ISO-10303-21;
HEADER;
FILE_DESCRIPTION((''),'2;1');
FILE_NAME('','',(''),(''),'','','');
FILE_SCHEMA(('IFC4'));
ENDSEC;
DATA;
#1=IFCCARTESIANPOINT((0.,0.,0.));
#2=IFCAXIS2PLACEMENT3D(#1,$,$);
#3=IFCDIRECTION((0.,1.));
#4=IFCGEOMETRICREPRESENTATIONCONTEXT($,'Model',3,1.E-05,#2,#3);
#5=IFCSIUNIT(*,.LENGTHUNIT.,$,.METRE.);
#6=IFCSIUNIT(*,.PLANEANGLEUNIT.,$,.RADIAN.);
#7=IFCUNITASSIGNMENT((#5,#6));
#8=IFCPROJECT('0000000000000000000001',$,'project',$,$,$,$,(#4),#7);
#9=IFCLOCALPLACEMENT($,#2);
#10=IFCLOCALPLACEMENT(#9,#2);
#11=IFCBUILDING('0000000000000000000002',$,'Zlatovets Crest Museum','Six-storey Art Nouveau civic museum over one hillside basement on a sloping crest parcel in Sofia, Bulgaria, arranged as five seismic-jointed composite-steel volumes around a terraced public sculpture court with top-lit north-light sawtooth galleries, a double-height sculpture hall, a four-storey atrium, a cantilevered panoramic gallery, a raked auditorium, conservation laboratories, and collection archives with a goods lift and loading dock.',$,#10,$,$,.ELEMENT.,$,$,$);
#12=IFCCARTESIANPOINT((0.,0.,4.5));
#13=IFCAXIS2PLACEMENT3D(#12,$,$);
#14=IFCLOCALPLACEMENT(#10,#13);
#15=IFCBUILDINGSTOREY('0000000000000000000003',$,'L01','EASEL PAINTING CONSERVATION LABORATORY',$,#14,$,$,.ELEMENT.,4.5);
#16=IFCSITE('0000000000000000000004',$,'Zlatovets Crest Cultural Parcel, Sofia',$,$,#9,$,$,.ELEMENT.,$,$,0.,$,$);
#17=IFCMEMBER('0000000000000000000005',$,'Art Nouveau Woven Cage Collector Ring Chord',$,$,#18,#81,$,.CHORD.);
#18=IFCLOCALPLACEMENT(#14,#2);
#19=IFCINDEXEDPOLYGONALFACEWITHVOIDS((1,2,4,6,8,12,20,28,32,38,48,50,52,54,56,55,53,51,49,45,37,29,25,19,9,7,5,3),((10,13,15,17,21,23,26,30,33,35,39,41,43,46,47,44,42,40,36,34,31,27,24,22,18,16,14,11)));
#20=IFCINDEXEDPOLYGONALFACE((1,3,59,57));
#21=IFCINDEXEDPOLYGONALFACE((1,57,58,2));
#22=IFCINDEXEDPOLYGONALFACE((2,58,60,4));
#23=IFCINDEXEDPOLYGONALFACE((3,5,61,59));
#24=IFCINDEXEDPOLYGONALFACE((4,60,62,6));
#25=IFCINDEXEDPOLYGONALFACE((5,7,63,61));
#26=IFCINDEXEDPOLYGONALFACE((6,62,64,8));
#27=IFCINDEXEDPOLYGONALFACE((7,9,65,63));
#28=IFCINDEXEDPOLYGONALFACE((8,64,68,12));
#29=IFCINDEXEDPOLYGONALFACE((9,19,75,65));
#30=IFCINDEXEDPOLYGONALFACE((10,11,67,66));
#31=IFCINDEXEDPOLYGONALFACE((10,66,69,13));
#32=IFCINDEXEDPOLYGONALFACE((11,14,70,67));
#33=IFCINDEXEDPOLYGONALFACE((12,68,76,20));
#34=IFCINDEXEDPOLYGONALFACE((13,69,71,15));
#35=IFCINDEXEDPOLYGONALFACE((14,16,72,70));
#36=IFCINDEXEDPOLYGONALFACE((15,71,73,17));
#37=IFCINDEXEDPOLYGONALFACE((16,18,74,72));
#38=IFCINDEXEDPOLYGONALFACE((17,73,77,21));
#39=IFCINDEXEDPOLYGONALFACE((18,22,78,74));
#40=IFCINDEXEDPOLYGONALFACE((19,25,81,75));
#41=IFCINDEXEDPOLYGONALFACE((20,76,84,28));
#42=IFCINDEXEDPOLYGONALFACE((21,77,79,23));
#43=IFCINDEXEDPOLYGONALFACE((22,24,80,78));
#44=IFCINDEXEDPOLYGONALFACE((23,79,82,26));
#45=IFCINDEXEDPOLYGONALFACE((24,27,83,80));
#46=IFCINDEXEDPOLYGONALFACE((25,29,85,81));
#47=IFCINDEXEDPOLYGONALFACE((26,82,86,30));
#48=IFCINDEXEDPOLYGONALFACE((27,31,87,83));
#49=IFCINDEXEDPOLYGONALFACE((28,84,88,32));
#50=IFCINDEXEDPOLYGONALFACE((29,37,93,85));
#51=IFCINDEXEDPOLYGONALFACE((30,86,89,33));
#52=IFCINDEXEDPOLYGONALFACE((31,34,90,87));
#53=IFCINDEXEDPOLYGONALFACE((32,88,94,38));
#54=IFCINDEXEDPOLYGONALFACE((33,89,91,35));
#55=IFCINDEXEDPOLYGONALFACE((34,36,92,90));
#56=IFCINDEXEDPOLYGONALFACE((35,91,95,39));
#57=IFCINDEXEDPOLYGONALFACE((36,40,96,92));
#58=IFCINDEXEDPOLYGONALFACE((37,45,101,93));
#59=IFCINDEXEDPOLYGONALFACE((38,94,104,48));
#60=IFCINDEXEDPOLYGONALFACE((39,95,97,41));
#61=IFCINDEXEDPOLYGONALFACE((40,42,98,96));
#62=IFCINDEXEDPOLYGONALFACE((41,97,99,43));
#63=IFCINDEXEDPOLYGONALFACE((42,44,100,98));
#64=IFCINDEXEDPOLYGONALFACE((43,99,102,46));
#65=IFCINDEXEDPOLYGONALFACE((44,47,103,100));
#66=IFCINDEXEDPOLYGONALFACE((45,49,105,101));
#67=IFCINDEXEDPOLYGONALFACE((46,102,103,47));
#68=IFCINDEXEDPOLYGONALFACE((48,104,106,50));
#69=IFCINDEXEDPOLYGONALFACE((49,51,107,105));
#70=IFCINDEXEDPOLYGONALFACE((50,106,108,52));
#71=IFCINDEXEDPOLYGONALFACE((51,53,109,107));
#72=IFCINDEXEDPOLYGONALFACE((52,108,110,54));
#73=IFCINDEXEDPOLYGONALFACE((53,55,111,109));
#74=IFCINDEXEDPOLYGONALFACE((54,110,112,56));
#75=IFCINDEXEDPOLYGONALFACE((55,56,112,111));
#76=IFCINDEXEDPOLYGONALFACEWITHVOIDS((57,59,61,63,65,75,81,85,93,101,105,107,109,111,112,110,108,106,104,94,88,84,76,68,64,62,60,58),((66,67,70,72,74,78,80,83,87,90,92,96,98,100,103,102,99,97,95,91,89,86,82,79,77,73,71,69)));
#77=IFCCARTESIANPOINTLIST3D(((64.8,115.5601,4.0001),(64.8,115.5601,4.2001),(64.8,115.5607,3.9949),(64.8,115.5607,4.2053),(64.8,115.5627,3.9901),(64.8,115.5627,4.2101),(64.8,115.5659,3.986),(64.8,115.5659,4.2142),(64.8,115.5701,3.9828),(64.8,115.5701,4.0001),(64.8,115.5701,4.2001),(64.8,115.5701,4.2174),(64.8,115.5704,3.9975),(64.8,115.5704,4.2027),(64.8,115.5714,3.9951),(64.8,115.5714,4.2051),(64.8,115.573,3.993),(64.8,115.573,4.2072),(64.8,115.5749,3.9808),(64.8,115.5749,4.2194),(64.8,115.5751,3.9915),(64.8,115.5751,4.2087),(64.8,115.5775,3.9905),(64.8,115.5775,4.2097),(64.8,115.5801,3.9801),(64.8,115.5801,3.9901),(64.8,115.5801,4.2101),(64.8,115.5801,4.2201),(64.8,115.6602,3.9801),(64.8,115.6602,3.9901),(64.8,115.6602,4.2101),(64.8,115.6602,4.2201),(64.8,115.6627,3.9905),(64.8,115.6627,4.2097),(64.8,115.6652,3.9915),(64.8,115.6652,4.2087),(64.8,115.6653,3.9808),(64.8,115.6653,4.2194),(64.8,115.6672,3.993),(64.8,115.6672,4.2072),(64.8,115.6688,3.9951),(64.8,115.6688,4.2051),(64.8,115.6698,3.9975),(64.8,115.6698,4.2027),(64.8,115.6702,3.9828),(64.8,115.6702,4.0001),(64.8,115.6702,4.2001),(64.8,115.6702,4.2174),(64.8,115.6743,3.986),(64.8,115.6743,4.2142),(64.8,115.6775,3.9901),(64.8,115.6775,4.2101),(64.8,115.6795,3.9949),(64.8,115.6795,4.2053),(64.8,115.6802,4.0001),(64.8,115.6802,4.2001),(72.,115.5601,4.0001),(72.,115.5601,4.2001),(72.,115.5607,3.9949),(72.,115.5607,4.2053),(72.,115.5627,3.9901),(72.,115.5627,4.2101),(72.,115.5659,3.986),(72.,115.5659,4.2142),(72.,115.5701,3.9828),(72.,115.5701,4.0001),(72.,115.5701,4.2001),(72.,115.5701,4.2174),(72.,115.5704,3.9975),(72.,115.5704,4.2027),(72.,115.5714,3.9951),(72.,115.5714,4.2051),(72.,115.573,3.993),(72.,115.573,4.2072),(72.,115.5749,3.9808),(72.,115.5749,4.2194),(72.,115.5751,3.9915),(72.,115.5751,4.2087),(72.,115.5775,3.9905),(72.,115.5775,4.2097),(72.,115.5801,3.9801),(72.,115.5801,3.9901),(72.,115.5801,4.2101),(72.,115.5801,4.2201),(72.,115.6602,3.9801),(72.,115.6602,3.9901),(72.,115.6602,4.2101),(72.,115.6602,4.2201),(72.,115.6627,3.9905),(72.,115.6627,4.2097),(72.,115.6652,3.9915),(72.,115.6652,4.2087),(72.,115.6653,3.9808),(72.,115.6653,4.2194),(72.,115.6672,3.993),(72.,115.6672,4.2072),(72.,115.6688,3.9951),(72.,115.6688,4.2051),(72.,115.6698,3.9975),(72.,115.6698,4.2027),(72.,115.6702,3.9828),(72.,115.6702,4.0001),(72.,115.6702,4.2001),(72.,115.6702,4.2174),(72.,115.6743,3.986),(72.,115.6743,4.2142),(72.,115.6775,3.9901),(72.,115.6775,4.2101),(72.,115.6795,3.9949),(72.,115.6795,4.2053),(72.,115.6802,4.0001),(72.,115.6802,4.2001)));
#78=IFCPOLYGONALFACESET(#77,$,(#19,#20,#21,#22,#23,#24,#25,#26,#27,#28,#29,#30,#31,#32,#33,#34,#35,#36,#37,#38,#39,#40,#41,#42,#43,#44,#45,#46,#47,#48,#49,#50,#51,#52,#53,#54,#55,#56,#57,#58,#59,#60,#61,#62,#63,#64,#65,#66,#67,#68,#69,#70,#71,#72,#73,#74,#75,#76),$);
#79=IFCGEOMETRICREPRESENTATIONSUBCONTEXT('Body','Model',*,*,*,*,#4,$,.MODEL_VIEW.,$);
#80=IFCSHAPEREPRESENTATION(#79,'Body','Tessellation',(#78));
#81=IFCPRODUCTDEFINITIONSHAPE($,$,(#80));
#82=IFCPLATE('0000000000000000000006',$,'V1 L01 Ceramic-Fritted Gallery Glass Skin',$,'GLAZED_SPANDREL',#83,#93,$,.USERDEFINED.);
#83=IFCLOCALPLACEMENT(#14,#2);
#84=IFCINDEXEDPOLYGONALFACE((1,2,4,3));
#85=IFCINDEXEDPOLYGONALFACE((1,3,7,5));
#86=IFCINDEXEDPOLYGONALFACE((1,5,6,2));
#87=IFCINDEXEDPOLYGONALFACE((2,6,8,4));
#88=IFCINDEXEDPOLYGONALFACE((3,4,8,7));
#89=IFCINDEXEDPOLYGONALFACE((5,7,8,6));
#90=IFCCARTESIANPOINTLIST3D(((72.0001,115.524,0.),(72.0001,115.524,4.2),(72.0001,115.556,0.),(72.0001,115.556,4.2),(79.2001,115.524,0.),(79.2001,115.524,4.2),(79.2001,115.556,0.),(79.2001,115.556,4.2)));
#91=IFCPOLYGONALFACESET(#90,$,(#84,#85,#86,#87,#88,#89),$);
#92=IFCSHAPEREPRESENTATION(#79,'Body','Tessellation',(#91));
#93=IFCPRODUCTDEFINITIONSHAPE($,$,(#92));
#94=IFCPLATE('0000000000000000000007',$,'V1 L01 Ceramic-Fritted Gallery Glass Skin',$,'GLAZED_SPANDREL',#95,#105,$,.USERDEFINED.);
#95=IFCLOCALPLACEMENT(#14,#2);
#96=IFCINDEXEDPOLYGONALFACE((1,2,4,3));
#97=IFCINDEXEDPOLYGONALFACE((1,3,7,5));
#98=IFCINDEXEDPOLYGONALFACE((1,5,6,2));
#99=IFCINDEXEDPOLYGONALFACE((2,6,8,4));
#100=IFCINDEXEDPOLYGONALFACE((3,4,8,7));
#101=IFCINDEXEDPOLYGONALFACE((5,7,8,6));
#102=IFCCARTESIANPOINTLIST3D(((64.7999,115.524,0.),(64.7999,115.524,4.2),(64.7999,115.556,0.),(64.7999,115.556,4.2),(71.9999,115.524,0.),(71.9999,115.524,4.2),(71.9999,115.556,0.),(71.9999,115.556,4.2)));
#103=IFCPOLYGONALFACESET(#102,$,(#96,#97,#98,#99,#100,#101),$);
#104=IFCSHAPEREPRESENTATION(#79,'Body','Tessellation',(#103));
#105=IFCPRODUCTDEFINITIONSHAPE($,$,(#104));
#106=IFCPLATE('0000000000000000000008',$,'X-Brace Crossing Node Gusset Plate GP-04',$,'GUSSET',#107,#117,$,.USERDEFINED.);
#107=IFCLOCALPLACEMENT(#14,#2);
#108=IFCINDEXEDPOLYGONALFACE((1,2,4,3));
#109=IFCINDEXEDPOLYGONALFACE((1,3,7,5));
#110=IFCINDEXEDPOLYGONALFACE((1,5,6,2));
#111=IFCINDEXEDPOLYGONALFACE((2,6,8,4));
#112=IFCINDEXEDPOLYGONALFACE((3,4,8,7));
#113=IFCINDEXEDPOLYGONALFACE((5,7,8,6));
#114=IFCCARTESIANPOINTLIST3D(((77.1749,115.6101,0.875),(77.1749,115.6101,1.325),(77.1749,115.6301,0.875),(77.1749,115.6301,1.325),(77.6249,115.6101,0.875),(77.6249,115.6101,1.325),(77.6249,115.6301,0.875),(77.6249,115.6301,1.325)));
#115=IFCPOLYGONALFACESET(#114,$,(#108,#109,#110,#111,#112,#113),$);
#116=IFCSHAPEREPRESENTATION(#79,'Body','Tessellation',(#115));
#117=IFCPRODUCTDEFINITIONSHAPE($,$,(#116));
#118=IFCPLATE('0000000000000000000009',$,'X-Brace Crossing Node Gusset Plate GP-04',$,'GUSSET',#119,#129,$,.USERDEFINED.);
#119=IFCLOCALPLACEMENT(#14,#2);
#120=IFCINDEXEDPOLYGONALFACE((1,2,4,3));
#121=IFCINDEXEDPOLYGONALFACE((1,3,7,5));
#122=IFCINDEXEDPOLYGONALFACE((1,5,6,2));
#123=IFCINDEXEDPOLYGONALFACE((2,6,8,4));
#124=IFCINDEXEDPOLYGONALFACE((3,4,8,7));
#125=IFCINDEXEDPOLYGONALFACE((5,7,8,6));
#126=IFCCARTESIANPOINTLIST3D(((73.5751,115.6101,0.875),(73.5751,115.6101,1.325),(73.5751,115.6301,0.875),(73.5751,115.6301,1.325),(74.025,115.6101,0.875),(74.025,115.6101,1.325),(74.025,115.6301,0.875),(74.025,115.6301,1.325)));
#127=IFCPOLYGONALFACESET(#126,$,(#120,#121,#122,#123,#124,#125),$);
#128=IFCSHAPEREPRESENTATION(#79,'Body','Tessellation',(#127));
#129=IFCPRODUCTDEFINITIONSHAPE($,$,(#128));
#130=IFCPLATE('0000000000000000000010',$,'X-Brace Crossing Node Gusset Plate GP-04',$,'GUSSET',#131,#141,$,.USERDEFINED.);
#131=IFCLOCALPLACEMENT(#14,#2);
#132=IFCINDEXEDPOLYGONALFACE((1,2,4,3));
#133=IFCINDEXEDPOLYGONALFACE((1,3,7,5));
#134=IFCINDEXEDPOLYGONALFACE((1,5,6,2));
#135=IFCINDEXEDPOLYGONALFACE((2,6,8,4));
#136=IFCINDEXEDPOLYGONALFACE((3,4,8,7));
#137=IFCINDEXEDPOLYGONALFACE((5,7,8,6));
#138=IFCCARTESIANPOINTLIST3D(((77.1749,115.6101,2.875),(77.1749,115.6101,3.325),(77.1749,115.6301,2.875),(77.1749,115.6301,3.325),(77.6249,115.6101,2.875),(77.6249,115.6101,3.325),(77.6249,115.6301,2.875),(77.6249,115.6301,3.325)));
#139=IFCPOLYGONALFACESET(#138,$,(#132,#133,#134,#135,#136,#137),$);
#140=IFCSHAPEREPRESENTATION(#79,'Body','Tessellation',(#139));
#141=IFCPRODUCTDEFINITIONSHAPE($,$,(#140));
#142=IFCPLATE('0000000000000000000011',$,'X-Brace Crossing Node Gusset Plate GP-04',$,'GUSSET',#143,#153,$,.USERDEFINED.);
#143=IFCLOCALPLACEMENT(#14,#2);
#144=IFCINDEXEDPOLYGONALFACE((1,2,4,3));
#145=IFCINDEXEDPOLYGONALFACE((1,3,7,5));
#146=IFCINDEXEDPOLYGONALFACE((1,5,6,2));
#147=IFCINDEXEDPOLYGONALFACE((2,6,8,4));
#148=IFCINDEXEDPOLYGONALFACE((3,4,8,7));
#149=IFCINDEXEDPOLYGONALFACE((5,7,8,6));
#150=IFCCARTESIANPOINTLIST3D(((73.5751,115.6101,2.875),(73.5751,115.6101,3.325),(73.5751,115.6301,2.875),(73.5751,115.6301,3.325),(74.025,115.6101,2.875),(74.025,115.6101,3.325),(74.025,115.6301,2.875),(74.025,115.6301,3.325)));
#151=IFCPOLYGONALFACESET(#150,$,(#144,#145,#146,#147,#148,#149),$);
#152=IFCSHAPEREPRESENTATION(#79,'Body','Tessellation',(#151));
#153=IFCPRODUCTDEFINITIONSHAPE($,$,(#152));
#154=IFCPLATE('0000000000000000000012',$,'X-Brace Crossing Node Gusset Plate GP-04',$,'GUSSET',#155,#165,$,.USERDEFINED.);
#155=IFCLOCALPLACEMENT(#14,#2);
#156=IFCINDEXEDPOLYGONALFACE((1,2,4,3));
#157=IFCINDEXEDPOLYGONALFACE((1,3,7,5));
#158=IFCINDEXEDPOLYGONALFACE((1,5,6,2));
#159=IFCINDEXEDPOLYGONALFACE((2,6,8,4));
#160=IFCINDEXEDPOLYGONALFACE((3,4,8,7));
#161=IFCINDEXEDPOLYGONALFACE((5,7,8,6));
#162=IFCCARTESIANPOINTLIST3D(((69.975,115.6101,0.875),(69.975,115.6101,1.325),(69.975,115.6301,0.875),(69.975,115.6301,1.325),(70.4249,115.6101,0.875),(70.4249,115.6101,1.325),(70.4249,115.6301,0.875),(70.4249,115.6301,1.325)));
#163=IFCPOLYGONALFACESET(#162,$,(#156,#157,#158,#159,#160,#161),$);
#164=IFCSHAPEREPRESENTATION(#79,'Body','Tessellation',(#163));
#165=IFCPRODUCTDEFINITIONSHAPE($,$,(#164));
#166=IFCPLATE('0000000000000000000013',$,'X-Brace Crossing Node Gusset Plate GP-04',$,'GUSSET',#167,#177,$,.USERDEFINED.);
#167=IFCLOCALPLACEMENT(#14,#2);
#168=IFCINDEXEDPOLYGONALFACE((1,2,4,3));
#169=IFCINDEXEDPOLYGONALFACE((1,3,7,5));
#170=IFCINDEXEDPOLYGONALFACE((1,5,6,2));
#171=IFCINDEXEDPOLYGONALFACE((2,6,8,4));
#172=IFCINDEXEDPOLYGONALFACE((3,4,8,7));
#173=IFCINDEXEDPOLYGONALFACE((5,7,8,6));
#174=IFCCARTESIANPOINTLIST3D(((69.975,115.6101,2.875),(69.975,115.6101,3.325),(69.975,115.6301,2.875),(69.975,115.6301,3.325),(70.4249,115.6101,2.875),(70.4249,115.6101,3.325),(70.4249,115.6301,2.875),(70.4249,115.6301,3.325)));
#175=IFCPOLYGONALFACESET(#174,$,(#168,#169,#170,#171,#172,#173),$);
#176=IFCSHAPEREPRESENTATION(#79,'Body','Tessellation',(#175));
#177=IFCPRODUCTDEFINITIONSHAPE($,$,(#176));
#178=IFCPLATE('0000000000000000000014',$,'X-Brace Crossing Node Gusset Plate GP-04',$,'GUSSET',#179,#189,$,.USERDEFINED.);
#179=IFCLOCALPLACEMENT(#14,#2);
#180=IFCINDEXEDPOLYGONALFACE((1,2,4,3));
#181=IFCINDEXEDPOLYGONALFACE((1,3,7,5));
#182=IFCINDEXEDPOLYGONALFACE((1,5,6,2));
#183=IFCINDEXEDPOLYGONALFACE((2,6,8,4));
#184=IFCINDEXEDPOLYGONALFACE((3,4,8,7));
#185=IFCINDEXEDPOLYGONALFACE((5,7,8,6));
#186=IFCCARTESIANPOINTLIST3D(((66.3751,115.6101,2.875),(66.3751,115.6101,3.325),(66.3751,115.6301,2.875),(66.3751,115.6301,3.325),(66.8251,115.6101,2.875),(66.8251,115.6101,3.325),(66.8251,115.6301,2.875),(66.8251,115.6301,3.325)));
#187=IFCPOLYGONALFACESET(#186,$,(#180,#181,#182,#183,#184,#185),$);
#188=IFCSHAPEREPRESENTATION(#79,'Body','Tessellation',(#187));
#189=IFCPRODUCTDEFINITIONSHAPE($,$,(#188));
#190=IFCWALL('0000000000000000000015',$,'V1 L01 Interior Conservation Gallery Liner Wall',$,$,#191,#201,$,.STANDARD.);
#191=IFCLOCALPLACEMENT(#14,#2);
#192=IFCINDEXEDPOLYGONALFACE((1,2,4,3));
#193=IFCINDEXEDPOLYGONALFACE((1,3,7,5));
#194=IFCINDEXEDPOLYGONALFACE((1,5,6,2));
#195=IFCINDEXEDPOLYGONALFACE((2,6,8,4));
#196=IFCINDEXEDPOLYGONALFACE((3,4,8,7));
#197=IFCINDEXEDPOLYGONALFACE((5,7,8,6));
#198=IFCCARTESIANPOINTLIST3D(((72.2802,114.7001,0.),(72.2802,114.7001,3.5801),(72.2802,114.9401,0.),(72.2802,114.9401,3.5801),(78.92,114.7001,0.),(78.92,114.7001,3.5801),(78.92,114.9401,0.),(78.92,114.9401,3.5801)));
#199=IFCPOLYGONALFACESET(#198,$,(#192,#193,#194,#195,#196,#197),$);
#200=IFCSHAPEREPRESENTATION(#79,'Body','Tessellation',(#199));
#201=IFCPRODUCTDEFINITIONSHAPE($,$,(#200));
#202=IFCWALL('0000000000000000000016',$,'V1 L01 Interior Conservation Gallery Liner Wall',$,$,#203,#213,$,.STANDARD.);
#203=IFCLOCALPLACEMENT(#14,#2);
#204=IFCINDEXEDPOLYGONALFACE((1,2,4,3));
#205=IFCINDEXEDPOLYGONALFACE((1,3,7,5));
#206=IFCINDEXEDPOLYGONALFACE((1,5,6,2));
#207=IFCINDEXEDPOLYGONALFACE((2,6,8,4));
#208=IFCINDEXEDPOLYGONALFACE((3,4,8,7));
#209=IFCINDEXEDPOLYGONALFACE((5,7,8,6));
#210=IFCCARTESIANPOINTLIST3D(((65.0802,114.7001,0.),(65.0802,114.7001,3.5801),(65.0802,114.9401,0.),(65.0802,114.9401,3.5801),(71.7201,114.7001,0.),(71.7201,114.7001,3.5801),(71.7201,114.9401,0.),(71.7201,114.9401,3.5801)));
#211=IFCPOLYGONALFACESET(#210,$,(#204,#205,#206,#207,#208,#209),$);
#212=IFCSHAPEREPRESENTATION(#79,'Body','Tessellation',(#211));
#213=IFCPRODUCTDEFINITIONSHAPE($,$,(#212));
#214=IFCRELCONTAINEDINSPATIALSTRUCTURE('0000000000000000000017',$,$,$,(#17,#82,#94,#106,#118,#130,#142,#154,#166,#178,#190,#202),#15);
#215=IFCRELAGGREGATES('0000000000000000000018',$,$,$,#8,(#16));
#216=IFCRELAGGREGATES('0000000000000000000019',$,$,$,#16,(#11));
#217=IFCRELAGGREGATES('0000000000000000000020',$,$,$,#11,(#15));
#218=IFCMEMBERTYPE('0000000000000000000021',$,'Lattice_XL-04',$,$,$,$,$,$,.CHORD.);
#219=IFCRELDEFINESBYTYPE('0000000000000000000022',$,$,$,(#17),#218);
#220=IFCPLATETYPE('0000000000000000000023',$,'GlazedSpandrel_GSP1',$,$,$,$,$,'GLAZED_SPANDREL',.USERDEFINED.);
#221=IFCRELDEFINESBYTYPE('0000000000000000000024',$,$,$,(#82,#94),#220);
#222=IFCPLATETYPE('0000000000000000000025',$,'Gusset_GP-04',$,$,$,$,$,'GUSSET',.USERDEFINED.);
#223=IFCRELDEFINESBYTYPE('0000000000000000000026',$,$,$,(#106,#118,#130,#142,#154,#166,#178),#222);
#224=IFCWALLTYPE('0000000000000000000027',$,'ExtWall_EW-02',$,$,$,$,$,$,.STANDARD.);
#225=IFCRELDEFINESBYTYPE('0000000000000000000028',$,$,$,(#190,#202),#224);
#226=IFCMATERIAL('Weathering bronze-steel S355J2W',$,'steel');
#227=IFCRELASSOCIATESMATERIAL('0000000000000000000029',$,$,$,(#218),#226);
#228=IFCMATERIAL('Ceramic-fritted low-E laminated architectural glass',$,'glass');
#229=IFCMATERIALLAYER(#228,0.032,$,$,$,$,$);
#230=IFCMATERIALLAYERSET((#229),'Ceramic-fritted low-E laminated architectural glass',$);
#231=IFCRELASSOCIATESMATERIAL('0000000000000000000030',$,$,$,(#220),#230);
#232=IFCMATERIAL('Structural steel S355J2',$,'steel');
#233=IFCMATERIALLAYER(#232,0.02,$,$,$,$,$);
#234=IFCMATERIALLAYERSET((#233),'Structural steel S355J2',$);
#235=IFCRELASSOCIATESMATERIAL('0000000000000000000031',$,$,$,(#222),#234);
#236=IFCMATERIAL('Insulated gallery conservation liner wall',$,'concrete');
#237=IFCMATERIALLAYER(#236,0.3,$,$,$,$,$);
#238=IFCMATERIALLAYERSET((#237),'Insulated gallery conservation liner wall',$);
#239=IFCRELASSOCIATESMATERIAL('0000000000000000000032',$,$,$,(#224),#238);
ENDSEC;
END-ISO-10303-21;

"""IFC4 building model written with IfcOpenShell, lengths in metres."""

from ifc_helpers import new_model, si_unit, direction, frame, frame_2d, origin, origin_2d, place, context, subcontext, project, spatial, rectangle, hollow_rectangle, extrude, material, layer, layer_set, material_profile, profile_set, type_object, element, save


model = new_model("IFC4")

# Units and contexts
model_context = context("Model", 3, precision=1e-05, world=origin(), true_north=direction((0.0, 1.0)))
body_context = subcontext(model_context, "Body", "Model", "MODEL_VIEW")
ifc_project = project(units=[si_unit("LENGTHUNIT", "METRE"), si_unit("PLANEANGLEUNIT", "RADIAN")], contexts=[model_context])

# Site, building, storey
site_placement = place(None, origin())
site = spatial("IfcSite", under=ifc_project, at=site_placement, Name="Zlatovets Crest Cultural Parcel, Sofia", CompositionType="ELEMENT", RefElevation=0.0)
building_placement = place(site_placement, origin())
building = spatial("IfcBuilding", under=site, at=building_placement, Name="Zlatovets Crest Museum", Description="Six-storey Art Nouveau civic museum over one hillside basement on a sloping crest parcel in Sofia, Bulgaria, arranged as five seismic-jointed composite-steel volumes around a terraced public sculpture court with top-lit north-light sawtooth galleries, a double-height sculpture hall, a four-storey atrium, a cantilevered panoramic gallery, a raked auditorium, conservation laboratories, and collection archives with a goods lift and loading dock.", CompositionType="ELEMENT")
storey_placement = place(building_placement, frame((0.0, 0.0, 4.5)))
storey = spatial("IfcBuildingStorey", under=building, at=storey_placement, Name="L01", Description="EASEL PAINTING CONSERVATION LABORATORY", CompositionType="ELEMENT", Elevation=4.5)

# Shared definitions
ifc_material_1 = material(Name="Structural steel S355J2", Category="steel")

# Member
ifc_material_2 = material(Name="Weathering bronze-steel S355J2W", Category="steel")
ifc_material_profile_1 = material_profile(ifc_material_2, hollow_rectangle(XDim=0.1201, YDim=0.24, WallThickness=0.01, InnerFilletRadius=0.01, OuterFilletRadius=0.02, at=origin_2d()), Name="RHS 120x240x10.0")
ifc_profile_set_1 = profile_set([ifc_material_profile_1], Name="Weathering bronze-steel S355J2W")
member_type_1 = type_object("IfcMemberType", Name="Lattice_XL-04", PredefinedType="CHORD", material=ifc_profile_set_1)
member_1_placement = place(storey_placement, frame((72.0, 115.6201, 4.1001), z_axis=(-1.0, 0.0, 0.0), x_axis=(0.0, -1.0, 0.0)))
element("IfcMember", 1, at=member_1_placement, inside=storey, type_object=member_type_1, Name="Art Nouveau Woven Cage Collector Ring Chord", PredefinedType="CHORD", context=body_context, shape_type="SweptSolid", body=[
    extrude(hollow_rectangle(XDim=0.1201, YDim=0.24, WallThickness=0.01, InnerFilletRadius=0.01, OuterFilletRadius=0.02, at=origin_2d()), origin(), (0.0, 0.0, 1.0), 7.2),
])

# Plates
ifc_material_3 = material(Name="Ceramic-fritted low-E laminated architectural glass", Category="glass")
ifc_layer_1 = layer(ifc_material_3, 0.032)
ifc_layer_set_1 = layer_set([ifc_layer_1], Name="Ceramic-fritted low-E laminated architectural glass")
plate_type_1 = type_object("IfcPlateType", Name="GlazedSpandrel_GSP1", ElementType="GLAZED_SPANDREL", PredefinedType="USERDEFINED", material=ifc_layer_set_1)
for number, where, z_axis, x_axis, name in (
    (2, (75.6001, 115.54, 0.0), (0.0, 0.0, 1.0), (1.0, 0.0, 0.0), "V1 L01 Ceramic-Fritted Gallery Glass Skin"),
    (3, (68.3999, 115.54, 0.0), (0.0, 0.0, 1.0), (1.0, 0.0, 0.0), "V1 L01 Ceramic-Fritted Gallery Glass Skin"),
):
    element("IfcPlate", number, at=place(storey_placement, frame(where, z_axis=z_axis, x_axis=x_axis)), inside=storey, type_object=plate_type_1, Name=name, ObjectType="GLAZED_SPANDREL", PredefinedType="USERDEFINED", context=body_context, shape_type="SweptSolid", body=[
        extrude(rectangle(XDim=7.2, YDim=0.032, at=origin_2d()), origin(), (0.0, 0.0, 1.0), 4.2),
    ])
ifc_layer_2 = layer(ifc_material_1, 0.02)
ifc_layer_set_2 = layer_set([ifc_layer_2], Name="Structural steel S355J2")
plate_type_2 = type_object("IfcPlateType", Name="Gusset_GP-04", ElementType="GUSSET", PredefinedType="USERDEFINED", material=ifc_layer_set_2)
for number, where, z_axis, x_axis, name in (
    (4, (77.3999, 115.6201, 0.875), (0.0, 0.0, 1.0), (1.0, 0.0, 0.0), "X-Brace Crossing Node Gusset Plate GP-04"),
    (5, (73.8, 115.6201, 0.875), (0.0, 0.0, 1.0), (1.0, 0.0, 0.0), "X-Brace Crossing Node Gusset Plate GP-04"),
    (6, (77.3999, 115.6201, 2.875), (0.0, 0.0, 1.0), (1.0, 0.0, 0.0), "X-Brace Crossing Node Gusset Plate GP-04"),
    (7, (73.8, 115.6201, 2.875), (0.0, 0.0, 1.0), (1.0, 0.0, 0.0), "X-Brace Crossing Node Gusset Plate GP-04"),
    (8, (70.2, 115.6201, 0.875), (0.0, 0.0, 1.0), (1.0, 0.0, 0.0), "X-Brace Crossing Node Gusset Plate GP-04"),
    (9, (70.2, 115.6201, 2.875), (0.0, 0.0, 1.0), (1.0, 0.0, 0.0), "X-Brace Crossing Node Gusset Plate GP-04"),
    (10, (66.6001, 115.6201, 2.875), (0.0, 0.0, 1.0), (1.0, 0.0, 0.0), "X-Brace Crossing Node Gusset Plate GP-04"),
):
    element("IfcPlate", number, at=place(storey_placement, frame(where, z_axis=z_axis, x_axis=x_axis)), inside=storey, type_object=plate_type_2, Name=name, ObjectType="GUSSET", PredefinedType="USERDEFINED", context=body_context, shape_type="SweptSolid", body=[
        extrude(rectangle(XDim=0.45, YDim=0.02, at=origin_2d()), origin(), (0.0, 0.0, 1.0), 0.45),
    ])

# Walls
ifc_material_4 = material(Name="Insulated gallery conservation liner wall", Category="concrete")
ifc_layer_3 = layer(ifc_material_4, 0.3)
ifc_layer_set_3 = layer_set([ifc_layer_3], Name="Insulated gallery conservation liner wall")
wall_type = type_object("IfcWallType", Name="ExtWall_EW-02", PredefinedType="STANDARD", material=ifc_layer_set_3)
for number, where, z_axis, x_axis, name in (
    (11, (78.9199, 114.8201, 0.0), (0.0, 0.0, 1.0), (-1.0, 0.0, 0.0), "V1 L01 Interior Conservation Gallery Liner Wall"),
    (12, (71.72, 114.8201, 0.0), (0.0, 0.0, 1.0), (-1.0, 0.0, 0.0), "V1 L01 Interior Conservation Gallery Liner Wall"),
):
    element("IfcWall", number, at=place(storey_placement, frame(where, z_axis=z_axis, x_axis=x_axis)), inside=storey, type_object=wall_type, Name=name, PredefinedType="STANDARD", context=body_context, shape_type="SweptSolid", body=[
        extrude(rectangle(XDim=6.6399, YDim=0.24, at=frame_2d((3.3198, 0.0))), origin(), (0.0, 0.0, 1.0), 3.5801),
    ])

save(model, "model.ifc")
